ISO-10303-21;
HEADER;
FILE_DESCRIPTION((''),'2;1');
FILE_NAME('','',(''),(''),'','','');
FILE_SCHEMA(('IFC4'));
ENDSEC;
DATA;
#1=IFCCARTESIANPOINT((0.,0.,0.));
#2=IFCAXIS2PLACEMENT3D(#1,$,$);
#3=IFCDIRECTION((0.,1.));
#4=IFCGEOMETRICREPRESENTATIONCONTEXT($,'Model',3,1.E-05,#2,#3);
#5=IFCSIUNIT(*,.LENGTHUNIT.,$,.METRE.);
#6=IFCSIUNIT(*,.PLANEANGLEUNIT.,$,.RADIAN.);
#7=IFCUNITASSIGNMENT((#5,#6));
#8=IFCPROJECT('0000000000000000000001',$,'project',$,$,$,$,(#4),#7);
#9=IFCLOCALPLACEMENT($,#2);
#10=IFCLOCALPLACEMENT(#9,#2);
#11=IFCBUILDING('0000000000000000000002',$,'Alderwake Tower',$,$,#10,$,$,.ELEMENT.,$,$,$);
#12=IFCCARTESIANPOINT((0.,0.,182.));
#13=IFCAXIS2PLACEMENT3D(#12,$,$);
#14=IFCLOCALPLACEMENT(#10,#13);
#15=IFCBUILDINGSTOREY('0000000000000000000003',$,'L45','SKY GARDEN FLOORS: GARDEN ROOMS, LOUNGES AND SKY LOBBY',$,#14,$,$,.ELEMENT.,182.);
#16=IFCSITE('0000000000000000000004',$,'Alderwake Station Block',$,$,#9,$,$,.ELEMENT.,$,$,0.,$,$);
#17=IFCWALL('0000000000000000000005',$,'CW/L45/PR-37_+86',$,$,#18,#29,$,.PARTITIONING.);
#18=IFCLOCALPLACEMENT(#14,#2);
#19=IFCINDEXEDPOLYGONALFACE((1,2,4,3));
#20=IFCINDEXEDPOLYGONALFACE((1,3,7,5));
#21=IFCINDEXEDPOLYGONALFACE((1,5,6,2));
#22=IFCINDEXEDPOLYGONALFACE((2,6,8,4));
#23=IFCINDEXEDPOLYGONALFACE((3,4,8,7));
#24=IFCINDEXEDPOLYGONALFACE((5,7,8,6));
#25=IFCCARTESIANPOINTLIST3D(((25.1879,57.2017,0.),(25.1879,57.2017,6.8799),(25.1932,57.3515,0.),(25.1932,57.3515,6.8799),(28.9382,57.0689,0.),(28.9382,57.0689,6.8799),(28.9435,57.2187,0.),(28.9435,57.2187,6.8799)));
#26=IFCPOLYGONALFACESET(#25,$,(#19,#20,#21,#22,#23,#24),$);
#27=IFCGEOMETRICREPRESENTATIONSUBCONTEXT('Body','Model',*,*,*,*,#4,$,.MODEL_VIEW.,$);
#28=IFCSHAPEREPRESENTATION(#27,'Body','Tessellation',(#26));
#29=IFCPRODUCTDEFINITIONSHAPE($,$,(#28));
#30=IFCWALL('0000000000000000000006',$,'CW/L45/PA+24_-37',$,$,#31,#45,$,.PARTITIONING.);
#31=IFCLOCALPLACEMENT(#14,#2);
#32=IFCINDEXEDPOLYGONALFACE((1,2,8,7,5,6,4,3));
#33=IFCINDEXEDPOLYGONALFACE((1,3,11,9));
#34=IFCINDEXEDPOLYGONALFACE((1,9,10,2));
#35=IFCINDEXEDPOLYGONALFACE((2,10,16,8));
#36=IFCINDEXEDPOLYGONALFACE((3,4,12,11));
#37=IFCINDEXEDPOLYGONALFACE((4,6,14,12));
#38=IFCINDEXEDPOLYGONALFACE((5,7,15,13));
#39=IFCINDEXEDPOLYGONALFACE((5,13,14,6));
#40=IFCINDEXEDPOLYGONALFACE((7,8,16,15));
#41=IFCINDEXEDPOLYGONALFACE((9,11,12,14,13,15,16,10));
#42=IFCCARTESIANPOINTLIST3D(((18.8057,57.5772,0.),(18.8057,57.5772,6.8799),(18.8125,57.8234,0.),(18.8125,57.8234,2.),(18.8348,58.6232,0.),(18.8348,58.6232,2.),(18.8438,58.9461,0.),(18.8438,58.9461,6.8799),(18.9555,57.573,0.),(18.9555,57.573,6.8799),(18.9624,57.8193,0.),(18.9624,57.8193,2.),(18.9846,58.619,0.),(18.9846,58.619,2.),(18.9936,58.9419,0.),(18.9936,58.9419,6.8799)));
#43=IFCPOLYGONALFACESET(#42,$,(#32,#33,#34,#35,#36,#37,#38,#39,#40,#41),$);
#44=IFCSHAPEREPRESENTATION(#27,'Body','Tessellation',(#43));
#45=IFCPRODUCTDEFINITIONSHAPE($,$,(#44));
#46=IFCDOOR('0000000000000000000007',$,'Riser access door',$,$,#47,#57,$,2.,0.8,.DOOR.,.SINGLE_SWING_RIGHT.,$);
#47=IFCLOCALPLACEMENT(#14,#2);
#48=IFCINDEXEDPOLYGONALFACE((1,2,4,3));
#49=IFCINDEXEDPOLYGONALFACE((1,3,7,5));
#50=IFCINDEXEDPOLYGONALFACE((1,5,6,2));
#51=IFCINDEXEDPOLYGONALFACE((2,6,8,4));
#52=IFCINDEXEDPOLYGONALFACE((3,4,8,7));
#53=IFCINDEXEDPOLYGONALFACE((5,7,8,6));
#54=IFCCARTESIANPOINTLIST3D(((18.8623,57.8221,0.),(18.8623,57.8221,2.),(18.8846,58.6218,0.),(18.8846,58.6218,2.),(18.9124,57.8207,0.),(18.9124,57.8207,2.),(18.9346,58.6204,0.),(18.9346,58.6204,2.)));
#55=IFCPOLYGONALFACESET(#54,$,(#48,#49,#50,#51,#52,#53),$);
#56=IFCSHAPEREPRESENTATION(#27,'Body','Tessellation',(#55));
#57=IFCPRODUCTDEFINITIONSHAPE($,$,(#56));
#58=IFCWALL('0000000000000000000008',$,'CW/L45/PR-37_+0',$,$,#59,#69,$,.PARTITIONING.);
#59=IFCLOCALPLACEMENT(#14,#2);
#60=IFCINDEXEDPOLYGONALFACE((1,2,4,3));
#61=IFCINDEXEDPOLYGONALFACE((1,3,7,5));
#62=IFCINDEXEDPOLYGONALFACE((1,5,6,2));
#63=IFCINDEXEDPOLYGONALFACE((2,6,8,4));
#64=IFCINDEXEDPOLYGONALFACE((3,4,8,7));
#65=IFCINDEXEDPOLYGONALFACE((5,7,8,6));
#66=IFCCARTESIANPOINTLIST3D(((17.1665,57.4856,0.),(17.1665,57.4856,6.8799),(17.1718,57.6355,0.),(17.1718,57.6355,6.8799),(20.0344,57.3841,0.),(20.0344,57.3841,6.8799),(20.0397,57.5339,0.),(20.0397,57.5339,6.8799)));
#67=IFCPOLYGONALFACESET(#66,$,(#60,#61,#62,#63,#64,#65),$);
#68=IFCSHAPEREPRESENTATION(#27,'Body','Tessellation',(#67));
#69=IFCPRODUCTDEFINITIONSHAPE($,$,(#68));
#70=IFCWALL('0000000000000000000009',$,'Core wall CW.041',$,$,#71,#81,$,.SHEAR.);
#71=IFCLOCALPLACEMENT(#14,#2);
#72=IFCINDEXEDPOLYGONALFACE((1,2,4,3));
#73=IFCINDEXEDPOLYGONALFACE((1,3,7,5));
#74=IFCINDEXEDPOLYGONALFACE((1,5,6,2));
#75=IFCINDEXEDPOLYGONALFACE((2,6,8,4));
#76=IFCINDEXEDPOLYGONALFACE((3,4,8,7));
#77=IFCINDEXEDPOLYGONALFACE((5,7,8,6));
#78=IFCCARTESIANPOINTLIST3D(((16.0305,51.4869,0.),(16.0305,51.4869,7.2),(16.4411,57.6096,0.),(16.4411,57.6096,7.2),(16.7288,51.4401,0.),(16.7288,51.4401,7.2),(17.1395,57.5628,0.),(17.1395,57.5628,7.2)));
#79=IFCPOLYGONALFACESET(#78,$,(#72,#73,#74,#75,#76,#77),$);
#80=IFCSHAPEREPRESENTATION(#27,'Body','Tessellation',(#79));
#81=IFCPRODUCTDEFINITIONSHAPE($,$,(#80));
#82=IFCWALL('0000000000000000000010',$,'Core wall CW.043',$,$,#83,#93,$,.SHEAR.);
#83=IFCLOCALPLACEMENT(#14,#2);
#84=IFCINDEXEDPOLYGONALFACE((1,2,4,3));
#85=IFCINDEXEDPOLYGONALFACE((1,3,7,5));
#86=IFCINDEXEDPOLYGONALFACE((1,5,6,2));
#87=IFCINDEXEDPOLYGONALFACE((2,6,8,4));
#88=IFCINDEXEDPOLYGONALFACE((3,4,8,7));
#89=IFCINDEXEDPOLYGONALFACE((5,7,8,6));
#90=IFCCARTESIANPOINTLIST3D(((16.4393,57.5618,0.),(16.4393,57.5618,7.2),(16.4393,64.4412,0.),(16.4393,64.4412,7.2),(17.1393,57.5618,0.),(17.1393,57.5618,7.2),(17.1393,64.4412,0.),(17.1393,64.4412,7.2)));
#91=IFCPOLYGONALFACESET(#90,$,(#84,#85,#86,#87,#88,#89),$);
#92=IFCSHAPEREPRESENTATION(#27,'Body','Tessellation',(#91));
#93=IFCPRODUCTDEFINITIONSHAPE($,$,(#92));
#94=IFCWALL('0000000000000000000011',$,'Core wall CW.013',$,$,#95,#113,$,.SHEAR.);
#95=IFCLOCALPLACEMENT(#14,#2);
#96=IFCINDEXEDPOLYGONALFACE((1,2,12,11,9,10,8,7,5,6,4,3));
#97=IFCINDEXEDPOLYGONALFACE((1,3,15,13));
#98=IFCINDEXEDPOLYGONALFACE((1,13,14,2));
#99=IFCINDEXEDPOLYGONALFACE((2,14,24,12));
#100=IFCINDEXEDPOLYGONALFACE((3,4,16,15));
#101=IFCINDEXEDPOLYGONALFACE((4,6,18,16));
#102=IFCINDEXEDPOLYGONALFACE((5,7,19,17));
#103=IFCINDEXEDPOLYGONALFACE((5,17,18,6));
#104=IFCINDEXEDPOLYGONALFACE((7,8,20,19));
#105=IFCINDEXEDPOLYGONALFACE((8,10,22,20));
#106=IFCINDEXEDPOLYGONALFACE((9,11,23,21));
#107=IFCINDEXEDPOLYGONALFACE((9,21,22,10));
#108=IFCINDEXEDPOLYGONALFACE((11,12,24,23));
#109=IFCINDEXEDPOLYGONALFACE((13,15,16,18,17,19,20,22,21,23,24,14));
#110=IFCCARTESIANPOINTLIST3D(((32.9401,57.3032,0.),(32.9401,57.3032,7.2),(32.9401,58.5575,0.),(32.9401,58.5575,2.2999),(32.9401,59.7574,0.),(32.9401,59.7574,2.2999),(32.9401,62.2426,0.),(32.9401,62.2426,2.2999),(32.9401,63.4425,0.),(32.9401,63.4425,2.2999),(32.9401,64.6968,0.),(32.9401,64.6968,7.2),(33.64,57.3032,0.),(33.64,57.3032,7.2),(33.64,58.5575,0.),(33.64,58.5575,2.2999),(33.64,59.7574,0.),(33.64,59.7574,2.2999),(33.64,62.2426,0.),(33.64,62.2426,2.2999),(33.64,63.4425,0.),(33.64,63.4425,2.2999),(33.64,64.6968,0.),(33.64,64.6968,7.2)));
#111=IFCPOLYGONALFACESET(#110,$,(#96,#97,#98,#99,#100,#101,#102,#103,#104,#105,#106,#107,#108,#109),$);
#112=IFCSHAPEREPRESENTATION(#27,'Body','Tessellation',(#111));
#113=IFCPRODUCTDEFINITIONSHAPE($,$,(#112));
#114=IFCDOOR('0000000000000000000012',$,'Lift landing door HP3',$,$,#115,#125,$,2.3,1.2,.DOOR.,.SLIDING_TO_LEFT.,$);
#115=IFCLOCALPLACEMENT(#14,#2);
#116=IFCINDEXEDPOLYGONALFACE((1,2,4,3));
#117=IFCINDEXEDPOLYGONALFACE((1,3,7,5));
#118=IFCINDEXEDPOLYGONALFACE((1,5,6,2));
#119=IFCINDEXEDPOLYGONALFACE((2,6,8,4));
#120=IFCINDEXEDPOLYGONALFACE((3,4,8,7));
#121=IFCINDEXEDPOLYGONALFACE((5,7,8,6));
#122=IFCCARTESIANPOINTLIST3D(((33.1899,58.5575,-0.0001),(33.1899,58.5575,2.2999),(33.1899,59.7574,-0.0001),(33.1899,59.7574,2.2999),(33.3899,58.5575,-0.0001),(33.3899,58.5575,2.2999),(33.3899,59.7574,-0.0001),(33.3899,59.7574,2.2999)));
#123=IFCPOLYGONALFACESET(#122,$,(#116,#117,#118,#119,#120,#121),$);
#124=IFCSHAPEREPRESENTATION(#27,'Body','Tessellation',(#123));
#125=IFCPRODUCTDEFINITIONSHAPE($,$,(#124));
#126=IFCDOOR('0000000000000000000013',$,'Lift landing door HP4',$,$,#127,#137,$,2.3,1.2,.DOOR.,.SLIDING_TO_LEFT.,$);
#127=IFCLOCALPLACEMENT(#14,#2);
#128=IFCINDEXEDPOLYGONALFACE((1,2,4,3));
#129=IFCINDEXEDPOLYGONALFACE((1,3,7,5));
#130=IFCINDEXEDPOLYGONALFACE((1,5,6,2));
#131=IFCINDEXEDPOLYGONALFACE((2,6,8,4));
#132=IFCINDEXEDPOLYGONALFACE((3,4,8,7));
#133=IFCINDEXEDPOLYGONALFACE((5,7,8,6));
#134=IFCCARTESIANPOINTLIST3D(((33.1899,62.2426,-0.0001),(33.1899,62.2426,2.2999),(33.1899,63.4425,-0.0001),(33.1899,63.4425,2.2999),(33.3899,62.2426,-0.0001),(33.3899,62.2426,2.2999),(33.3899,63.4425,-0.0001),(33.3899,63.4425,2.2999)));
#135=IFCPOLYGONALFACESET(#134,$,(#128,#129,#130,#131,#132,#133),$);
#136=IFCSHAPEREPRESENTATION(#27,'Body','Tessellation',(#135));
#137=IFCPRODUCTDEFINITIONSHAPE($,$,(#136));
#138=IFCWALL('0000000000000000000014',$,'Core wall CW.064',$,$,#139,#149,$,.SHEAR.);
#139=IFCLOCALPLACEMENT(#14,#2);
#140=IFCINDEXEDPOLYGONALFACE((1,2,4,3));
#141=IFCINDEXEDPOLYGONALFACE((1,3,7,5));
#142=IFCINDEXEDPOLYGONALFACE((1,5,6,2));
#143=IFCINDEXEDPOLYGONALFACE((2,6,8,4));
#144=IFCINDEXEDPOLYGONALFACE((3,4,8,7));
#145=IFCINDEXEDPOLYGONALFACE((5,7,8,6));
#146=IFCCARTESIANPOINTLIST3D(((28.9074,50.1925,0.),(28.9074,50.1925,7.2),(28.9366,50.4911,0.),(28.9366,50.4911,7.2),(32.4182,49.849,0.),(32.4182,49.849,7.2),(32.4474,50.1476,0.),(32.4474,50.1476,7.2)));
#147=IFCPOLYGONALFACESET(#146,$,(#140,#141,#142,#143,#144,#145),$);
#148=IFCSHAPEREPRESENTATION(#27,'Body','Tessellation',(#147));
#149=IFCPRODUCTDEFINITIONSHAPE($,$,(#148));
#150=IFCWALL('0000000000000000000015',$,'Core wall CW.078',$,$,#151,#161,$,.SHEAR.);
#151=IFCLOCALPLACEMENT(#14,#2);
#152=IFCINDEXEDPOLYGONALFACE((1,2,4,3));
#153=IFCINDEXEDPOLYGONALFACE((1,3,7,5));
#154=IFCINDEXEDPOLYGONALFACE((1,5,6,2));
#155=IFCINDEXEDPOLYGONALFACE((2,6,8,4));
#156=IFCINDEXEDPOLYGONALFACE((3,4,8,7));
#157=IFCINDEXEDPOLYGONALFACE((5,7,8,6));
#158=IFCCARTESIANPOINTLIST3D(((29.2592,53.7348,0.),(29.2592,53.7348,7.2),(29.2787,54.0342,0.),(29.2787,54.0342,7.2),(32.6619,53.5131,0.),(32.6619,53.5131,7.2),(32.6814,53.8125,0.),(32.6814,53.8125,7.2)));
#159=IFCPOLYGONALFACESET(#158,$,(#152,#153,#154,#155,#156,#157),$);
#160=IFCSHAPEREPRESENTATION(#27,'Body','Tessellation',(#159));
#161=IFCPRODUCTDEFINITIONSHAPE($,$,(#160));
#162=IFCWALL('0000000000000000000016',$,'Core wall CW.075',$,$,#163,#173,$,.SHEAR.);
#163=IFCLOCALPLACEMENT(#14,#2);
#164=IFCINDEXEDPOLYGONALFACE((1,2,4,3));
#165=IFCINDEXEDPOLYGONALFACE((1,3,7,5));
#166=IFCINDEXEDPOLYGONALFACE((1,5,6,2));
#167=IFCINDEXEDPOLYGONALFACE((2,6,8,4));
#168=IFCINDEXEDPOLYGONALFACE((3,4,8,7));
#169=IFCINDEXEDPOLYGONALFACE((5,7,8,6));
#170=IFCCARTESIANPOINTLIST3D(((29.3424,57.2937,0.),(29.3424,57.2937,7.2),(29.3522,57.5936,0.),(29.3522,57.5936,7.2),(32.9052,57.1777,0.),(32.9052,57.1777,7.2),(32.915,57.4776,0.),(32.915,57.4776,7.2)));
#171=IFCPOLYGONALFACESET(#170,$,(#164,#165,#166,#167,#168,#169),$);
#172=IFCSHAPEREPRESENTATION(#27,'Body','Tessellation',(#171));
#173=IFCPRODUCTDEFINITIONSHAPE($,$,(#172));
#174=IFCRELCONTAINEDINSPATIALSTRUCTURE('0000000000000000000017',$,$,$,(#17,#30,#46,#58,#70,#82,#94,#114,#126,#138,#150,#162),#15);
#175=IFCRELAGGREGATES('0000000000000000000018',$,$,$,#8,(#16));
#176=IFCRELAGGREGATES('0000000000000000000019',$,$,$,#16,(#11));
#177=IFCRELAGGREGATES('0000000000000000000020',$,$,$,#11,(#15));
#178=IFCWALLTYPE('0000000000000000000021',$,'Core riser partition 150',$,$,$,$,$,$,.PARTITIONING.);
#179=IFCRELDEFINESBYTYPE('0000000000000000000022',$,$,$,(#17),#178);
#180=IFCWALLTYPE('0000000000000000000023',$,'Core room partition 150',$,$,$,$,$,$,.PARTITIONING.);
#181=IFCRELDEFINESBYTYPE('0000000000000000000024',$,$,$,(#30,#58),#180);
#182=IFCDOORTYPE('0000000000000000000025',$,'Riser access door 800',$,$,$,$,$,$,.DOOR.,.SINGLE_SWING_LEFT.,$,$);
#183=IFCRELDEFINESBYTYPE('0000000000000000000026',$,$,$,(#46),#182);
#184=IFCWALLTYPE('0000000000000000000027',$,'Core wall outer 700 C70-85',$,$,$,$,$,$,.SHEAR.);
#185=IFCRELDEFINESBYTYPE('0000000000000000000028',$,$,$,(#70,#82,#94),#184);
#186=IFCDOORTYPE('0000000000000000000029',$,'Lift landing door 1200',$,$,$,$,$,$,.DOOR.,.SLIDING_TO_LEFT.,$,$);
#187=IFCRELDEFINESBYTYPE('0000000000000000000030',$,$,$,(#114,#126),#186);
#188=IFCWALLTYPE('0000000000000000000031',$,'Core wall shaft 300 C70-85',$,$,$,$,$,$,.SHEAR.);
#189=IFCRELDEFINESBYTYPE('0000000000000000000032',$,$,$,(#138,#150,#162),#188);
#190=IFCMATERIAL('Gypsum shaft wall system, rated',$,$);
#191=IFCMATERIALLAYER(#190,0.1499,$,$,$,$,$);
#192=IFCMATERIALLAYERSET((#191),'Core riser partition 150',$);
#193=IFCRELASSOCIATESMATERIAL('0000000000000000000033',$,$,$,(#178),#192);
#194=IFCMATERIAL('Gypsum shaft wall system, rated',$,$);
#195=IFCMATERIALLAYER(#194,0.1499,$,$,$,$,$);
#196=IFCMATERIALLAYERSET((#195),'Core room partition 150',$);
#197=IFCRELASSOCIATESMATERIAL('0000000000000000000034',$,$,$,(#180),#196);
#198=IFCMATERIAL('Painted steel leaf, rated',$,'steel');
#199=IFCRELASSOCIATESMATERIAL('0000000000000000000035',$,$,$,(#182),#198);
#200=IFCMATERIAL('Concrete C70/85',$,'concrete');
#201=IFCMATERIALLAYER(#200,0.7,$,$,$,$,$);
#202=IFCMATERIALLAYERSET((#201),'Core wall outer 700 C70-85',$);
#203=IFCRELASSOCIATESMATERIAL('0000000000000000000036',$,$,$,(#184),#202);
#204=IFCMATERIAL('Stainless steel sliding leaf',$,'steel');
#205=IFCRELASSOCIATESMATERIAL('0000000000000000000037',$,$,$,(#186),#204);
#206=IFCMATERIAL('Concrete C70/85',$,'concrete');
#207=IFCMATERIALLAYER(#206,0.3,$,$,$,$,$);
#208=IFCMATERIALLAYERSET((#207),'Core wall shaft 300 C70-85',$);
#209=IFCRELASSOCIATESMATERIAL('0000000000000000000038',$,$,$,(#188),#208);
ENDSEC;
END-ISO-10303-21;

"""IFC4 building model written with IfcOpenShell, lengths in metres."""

from ifc_helpers import new_model, si_unit, direction, frame, frame_2d, origin, place, context, subcontext, project, spatial, rectangle, extrude, material, layer, layer_set, type_object, element, fill, save


model = new_model("IFC4")

# Units and contexts
model_context = context("Model", 3, precision=1e-05, world=origin(), true_north=direction((0.0, 1.0)))
body_context = subcontext(model_context, "Body", "Model", "MODEL_VIEW")
ifc_project = project(units=[si_unit("LENGTHUNIT", "METRE"), si_unit("PLANEANGLEUNIT", "RADIAN")], contexts=[model_context])

# Site, building, storey
site_placement = place(None, origin())
site = spatial("IfcSite", under=ifc_project, at=site_placement, Name="Alderwake Station Block", CompositionType="ELEMENT", RefElevation=0.0)
building_placement = place(site_placement, origin())
building = spatial("IfcBuilding", under=site, at=building_placement, Name="Alderwake Tower", CompositionType="ELEMENT")
storey_placement = place(building_placement, frame((0.0, 0.0, 182.0)))
storey = spatial("IfcBuildingStorey", under=building, at=storey_placement, Name="L45", Description="SKY GARDEN FLOORS: GARDEN ROOMS, LOUNGES AND SKY LOBBY", CompositionType="ELEMENT", Elevation=182.0)

# Wall
ifc_material_1 = material(Name="Gypsum shaft wall system, rated")
ifc_layer_1 = layer(ifc_material_1, 0.1499)
ifc_layer_set_1 = layer_set([ifc_layer_1], Name="Core riser partition 150")
wall_type_1 = type_object("IfcWallType", Name="Core riser partition 150", PredefinedType="PARTITIONING", material=ifc_layer_set_1)
wall_1_placement = place(storey_placement, frame((25.1904, 57.2766, 0.0), z_axis=(0.0, 0.0, 1.0), x_axis=(0.999374, -0.035392, 0.0)))
element("IfcWall", 1, at=wall_1_placement, inside=storey, type_object=wall_type_1, Name="CW/L45/PR-37_+86", PredefinedType="PARTITIONING", context=body_context, shape_type="SweptSolid", body=[
    extrude(rectangle(XDim=3.7527, YDim=0.1499, at=frame_2d((1.8765, 0.0))), origin(), (0.0, 0.0, 1.0), 6.8799),
])

# Wall, opening, door
ifc_material_2 = material(Name="Gypsum shaft wall system, rated")
ifc_layer_2 = layer(ifc_material_2, 0.1499)
ifc_layer_set_2 = layer_set([ifc_layer_2], Name="Core room partition 150")
wall_type_2 = type_object("IfcWallType", Name="Core room partition 150", PredefinedType="PARTITIONING", material=ifc_layer_set_2)
wall_2_placement = place(storey_placement, frame((18.9187, 58.9438, 0.0), z_axis=(0.0, 0.0, 1.0), x_axis=(-0.027812, -0.999613, 0.0)))
wall_2 = element("IfcWall", 2, at=wall_2_placement, inside=storey, type_object=wall_type_2, Name="CW/L45/PA+24_-37", PredefinedType="PARTITIONING", context=body_context, shape_type="SweptSolid", body=[
    extrude(rectangle(XDim=1.3694, YDim=0.1499, at=frame_2d((0.6846, 0.0))), origin(), (0.0, 0.0, 1.0), 6.8799),
])
opening_1_placement = place(wall_2_placement, frame((0.323, 0.0, 0.0)))
opening_1 = element("IfcOpeningElement", 3, at=opening_1_placement, cuts=wall_2, PredefinedType="OPENING", context=body_context, shape_type="SweptSolid", body=[
    extrude(rectangle(XDim=0.8, YDim=2.0, at=frame_2d((0.3999, 1.0))), frame((0.0, 0.085, 0.0), z_axis=(0.0, -1.0, 0.0), x_axis=(1.0, 0.0, 0.0)), (0.0, 0.0, 1.0), 0.1699),
])
ifc_material_3 = material(Name="Painted steel leaf, rated", Category="steel")
door_type_1 = type_object("IfcDoorType", Name="Riser access door 800", OperationType="SINGLE_SWING_LEFT", PredefinedType="DOOR", material=ifc_material_3)
door_1_placement = place(opening_1_placement, origin())
door_1 = element("IfcDoor", 4, at=door_1_placement, inside=storey, type_object=door_type_1, Name="Riser access door", OperationType="SINGLE_SWING_RIGHT", OverallHeight=2.0, OverallWidth=0.8, PredefinedType="DOOR", context=body_context, shape_type="SweptSolid", body=[
    extrude(rectangle(XDim=0.8, YDim=2.0, at=frame_2d((0.3999, 1.0))), frame((0.0, 0.0249, 0.0), z_axis=(0.0, -1.0, 0.0), x_axis=(1.0, 0.0, 0.0)), (0.0, 0.0, 1.0), 0.05),
])
fill(opening_1, door_1)

# Walls
wall_3_placement = place(storey_placement, frame((17.1692, 57.5605, 0.0), z_axis=(0.0, 0.0, 1.0), x_axis=(0.999374, -0.035391, 0.0)))
element("IfcWall", 5, at=wall_3_placement, inside=storey, type_object=wall_type_2, Name="CW/L45/PR-37_+0", PredefinedType="PARTITIONING", context=body_context, shape_type="SweptSolid", body=[
    extrude(rectangle(XDim=2.8696, YDim=0.1499, at=frame_2d((1.4348, 0.0))), origin(), (0.0, 0.0, 1.0), 6.8799),
])
ifc_material_4 = material(Name="Concrete C70/85", Category="concrete")
ifc_layer_3 = layer(ifc_material_4, 0.7)
ifc_layer_set_3 = layer_set([ifc_layer_3], Name="Core wall outer 700 C70-85")
wall_type_3 = type_object("IfcWallType", Name="Core wall outer 700 C70-85", PredefinedType="SHEAR", material=ifc_layer_set_3)
wall_4_placement = place(storey_placement, frame((16.3796, 51.4634, 0.0), z_axis=(0.0, 0.0, 1.0), x_axis=(0.066918, 0.997758, 0.0)))
element("IfcWall", 6, at=wall_4_placement, inside=storey, type_object=wall_type_3, Name="Core wall CW.041", PredefinedType="SHEAR", context=body_context, shape_type="SweptSolid", body=[
    extrude(rectangle(XDim=6.1365, YDim=0.7, at=frame_2d((3.0684, 0.0))), origin(), (0.0, 0.0, 1.0), 7.2),
])
wall_5_placement = place(storey_placement, frame((16.7893, 57.5618, 0.0), z_axis=(0.0, 0.0, 1.0), x_axis=(0.0, 1.0, 0.0)))
element("IfcWall", 7, at=wall_5_placement, inside=storey, type_object=wall_type_3, Name="Core wall CW.043", PredefinedType="SHEAR", context=body_context, shape_type="SweptSolid", body=[
    extrude(rectangle(XDim=6.8794, YDim=0.7, at=frame_2d((3.4397, 0.0))), origin(), (0.0, 0.0, 1.0), 7.2),
])

# Wall, openings, doors
wall_6_placement = place(storey_placement, frame((33.29, 57.3032, 0.0), z_axis=(0.0, 0.0, 1.0), x_axis=(0.0, 1.0, 0.0)))
wall_6 = element("IfcWall", 8, at=wall_6_placement, inside=storey, type_object=wall_type_3, Name="Core wall CW.013", PredefinedType="SHEAR", context=body_context, shape_type="SweptSolid", body=[
    extrude(rectangle(XDim=7.3936, YDim=0.7, at=frame_2d((3.6968, 0.0))), origin(), (0.0, 0.0, 1.0), 7.2),
])
opening_2_placement = place(wall_6_placement, frame((1.2542, 0.0, 0.0)))
opening_2 = element("IfcOpeningElement", 9, at=opening_2_placement, cuts=wall_6, PredefinedType="OPENING", context=body_context, shape_type="SweptSolid", body=[
    extrude(rectangle(XDim=1.2, YDim=2.3, at=frame_2d((0.6001, 1.1499))), frame((0.0, 0.3599, 0.0), z_axis=(0.0, -1.0, 0.0), x_axis=(1.0, 0.0, 0.0)), (0.0, 0.0, 1.0), 0.72),
])
opening_3_placement = place(wall_6_placement, frame((4.9392, 0.0, 0.0)))
opening_3 = element("IfcOpeningElement", 10, at=opening_3_placement, cuts=wall_6, PredefinedType="OPENING", context=body_context, shape_type="SweptSolid", body=[
    extrude(rectangle(XDim=1.2, YDim=2.3, at=frame_2d((0.6001, 1.1499))), frame((0.0, 0.3599, 0.0), z_axis=(0.0, -1.0, 0.0), x_axis=(1.0, 0.0, 0.0)), (0.0, 0.0, 1.0), 0.72),
])
ifc_material_5 = material(Name="Stainless steel sliding leaf", Category="steel")
door_type_2 = type_object("IfcDoorType", Name="Lift landing door 1200", OperationType="SLIDING_TO_LEFT", PredefinedType="DOOR", material=ifc_material_5)
door_2_placement = place(opening_2_placement, origin())
door_2 = element("IfcDoor", 11, at=door_2_placement, inside=storey, type_object=door_type_2, Name="Lift landing door HP3", OperationType="SLIDING_TO_LEFT", OverallHeight=2.3, OverallWidth=1.2, PredefinedType="DOOR", context=body_context, shape_type="SweptSolid", body=[
    extrude(rectangle(XDim=1.2, YDim=2.3, at=frame_2d((0.6001, 1.1499))), frame((0.0, 0.1001, 0.0), z_axis=(0.0, -1.0, 0.0), x_axis=(1.0, 0.0, 0.0)), (0.0, 0.0, 1.0), 0.2),
])
fill(opening_2, door_2)
door_3_placement = place(opening_3_placement, origin())
door_3 = element("IfcDoor", 12, at=door_3_placement, inside=storey, type_object=door_type_2, Name="Lift landing door HP4", OperationType="SLIDING_TO_LEFT", OverallHeight=2.3, OverallWidth=1.2, PredefinedType="DOOR", context=body_context, shape_type="SweptSolid", body=[
    extrude(rectangle(XDim=1.2, YDim=2.3, at=frame_2d((0.6001, 1.1499))), frame((0.0, 0.1001, 0.0), z_axis=(0.0, -1.0, 0.0), x_axis=(1.0, 0.0, 0.0)), (0.0, 0.0, 1.0), 0.2),
])
fill(opening_3, door_3)

# Walls
ifc_material_6 = material(Name="Concrete C70/85", Category="concrete")
ifc_layer_4 = layer(ifc_material_6, 0.3)
ifc_layer_set_4 = layer_set([ifc_layer_4], Name="Core wall shaft 300 C70-85")
wall_type_4 = type_object("IfcWallType", Name="Core wall shaft 300 C70-85", PredefinedType="SHEAR", material=ifc_layer_set_4)
wall_7_placement = place(storey_placement, frame((28.9221, 50.3418, 0.0), z_axis=(0.0, 0.0, 1.0), x_axis=(0.995247, -0.097379, 0.0)))
element("IfcWall", 13, at=wall_7_placement, inside=storey, type_object=wall_type_4, Name="Core wall CW.064", PredefinedType="SHEAR", context=body_context, shape_type="SweptSolid", body=[
    extrude(rectangle(XDim=3.5276, YDim=0.3, at=frame_2d((1.7637, 0.0))), origin(), (0.0, 0.0, 1.0), 7.2),
])
wall_8_placement = place(storey_placement, frame((29.2688, 53.8845, 0.0), z_axis=(0.0, 0.0, 1.0), x_axis=(0.997884, -0.065012, 0.0)))
element("IfcWall", 14, at=wall_8_placement, inside=storey, type_object=wall_type_4, Name="Core wall CW.078", PredefinedType="SHEAR", context=body_context, shape_type="SweptSolid", body=[
    extrude(rectangle(XDim=3.4099, YDim=0.3, at=frame_2d((1.7051, 0.0))), origin(), (0.0, 0.0, 1.0), 7.2),
])
wall_9_placement = place(storey_placement, frame((29.3474, 57.4436, 0.0), z_axis=(0.0, 0.0, 1.0), x_axis=(0.999471, -0.032533, 0.0)))
element("IfcWall", 15, at=wall_9_placement, inside=storey, type_object=wall_type_4, Name="Core wall CW.075", PredefinedType="SHEAR", context=body_context, shape_type="SweptSolid", body=[
    extrude(rectangle(XDim=3.5647, YDim=0.3, at=frame_2d((1.7822, 0.0))), origin(), (0.0, 0.0, 1.0), 7.2),
])

save(model, "model.ifc")
